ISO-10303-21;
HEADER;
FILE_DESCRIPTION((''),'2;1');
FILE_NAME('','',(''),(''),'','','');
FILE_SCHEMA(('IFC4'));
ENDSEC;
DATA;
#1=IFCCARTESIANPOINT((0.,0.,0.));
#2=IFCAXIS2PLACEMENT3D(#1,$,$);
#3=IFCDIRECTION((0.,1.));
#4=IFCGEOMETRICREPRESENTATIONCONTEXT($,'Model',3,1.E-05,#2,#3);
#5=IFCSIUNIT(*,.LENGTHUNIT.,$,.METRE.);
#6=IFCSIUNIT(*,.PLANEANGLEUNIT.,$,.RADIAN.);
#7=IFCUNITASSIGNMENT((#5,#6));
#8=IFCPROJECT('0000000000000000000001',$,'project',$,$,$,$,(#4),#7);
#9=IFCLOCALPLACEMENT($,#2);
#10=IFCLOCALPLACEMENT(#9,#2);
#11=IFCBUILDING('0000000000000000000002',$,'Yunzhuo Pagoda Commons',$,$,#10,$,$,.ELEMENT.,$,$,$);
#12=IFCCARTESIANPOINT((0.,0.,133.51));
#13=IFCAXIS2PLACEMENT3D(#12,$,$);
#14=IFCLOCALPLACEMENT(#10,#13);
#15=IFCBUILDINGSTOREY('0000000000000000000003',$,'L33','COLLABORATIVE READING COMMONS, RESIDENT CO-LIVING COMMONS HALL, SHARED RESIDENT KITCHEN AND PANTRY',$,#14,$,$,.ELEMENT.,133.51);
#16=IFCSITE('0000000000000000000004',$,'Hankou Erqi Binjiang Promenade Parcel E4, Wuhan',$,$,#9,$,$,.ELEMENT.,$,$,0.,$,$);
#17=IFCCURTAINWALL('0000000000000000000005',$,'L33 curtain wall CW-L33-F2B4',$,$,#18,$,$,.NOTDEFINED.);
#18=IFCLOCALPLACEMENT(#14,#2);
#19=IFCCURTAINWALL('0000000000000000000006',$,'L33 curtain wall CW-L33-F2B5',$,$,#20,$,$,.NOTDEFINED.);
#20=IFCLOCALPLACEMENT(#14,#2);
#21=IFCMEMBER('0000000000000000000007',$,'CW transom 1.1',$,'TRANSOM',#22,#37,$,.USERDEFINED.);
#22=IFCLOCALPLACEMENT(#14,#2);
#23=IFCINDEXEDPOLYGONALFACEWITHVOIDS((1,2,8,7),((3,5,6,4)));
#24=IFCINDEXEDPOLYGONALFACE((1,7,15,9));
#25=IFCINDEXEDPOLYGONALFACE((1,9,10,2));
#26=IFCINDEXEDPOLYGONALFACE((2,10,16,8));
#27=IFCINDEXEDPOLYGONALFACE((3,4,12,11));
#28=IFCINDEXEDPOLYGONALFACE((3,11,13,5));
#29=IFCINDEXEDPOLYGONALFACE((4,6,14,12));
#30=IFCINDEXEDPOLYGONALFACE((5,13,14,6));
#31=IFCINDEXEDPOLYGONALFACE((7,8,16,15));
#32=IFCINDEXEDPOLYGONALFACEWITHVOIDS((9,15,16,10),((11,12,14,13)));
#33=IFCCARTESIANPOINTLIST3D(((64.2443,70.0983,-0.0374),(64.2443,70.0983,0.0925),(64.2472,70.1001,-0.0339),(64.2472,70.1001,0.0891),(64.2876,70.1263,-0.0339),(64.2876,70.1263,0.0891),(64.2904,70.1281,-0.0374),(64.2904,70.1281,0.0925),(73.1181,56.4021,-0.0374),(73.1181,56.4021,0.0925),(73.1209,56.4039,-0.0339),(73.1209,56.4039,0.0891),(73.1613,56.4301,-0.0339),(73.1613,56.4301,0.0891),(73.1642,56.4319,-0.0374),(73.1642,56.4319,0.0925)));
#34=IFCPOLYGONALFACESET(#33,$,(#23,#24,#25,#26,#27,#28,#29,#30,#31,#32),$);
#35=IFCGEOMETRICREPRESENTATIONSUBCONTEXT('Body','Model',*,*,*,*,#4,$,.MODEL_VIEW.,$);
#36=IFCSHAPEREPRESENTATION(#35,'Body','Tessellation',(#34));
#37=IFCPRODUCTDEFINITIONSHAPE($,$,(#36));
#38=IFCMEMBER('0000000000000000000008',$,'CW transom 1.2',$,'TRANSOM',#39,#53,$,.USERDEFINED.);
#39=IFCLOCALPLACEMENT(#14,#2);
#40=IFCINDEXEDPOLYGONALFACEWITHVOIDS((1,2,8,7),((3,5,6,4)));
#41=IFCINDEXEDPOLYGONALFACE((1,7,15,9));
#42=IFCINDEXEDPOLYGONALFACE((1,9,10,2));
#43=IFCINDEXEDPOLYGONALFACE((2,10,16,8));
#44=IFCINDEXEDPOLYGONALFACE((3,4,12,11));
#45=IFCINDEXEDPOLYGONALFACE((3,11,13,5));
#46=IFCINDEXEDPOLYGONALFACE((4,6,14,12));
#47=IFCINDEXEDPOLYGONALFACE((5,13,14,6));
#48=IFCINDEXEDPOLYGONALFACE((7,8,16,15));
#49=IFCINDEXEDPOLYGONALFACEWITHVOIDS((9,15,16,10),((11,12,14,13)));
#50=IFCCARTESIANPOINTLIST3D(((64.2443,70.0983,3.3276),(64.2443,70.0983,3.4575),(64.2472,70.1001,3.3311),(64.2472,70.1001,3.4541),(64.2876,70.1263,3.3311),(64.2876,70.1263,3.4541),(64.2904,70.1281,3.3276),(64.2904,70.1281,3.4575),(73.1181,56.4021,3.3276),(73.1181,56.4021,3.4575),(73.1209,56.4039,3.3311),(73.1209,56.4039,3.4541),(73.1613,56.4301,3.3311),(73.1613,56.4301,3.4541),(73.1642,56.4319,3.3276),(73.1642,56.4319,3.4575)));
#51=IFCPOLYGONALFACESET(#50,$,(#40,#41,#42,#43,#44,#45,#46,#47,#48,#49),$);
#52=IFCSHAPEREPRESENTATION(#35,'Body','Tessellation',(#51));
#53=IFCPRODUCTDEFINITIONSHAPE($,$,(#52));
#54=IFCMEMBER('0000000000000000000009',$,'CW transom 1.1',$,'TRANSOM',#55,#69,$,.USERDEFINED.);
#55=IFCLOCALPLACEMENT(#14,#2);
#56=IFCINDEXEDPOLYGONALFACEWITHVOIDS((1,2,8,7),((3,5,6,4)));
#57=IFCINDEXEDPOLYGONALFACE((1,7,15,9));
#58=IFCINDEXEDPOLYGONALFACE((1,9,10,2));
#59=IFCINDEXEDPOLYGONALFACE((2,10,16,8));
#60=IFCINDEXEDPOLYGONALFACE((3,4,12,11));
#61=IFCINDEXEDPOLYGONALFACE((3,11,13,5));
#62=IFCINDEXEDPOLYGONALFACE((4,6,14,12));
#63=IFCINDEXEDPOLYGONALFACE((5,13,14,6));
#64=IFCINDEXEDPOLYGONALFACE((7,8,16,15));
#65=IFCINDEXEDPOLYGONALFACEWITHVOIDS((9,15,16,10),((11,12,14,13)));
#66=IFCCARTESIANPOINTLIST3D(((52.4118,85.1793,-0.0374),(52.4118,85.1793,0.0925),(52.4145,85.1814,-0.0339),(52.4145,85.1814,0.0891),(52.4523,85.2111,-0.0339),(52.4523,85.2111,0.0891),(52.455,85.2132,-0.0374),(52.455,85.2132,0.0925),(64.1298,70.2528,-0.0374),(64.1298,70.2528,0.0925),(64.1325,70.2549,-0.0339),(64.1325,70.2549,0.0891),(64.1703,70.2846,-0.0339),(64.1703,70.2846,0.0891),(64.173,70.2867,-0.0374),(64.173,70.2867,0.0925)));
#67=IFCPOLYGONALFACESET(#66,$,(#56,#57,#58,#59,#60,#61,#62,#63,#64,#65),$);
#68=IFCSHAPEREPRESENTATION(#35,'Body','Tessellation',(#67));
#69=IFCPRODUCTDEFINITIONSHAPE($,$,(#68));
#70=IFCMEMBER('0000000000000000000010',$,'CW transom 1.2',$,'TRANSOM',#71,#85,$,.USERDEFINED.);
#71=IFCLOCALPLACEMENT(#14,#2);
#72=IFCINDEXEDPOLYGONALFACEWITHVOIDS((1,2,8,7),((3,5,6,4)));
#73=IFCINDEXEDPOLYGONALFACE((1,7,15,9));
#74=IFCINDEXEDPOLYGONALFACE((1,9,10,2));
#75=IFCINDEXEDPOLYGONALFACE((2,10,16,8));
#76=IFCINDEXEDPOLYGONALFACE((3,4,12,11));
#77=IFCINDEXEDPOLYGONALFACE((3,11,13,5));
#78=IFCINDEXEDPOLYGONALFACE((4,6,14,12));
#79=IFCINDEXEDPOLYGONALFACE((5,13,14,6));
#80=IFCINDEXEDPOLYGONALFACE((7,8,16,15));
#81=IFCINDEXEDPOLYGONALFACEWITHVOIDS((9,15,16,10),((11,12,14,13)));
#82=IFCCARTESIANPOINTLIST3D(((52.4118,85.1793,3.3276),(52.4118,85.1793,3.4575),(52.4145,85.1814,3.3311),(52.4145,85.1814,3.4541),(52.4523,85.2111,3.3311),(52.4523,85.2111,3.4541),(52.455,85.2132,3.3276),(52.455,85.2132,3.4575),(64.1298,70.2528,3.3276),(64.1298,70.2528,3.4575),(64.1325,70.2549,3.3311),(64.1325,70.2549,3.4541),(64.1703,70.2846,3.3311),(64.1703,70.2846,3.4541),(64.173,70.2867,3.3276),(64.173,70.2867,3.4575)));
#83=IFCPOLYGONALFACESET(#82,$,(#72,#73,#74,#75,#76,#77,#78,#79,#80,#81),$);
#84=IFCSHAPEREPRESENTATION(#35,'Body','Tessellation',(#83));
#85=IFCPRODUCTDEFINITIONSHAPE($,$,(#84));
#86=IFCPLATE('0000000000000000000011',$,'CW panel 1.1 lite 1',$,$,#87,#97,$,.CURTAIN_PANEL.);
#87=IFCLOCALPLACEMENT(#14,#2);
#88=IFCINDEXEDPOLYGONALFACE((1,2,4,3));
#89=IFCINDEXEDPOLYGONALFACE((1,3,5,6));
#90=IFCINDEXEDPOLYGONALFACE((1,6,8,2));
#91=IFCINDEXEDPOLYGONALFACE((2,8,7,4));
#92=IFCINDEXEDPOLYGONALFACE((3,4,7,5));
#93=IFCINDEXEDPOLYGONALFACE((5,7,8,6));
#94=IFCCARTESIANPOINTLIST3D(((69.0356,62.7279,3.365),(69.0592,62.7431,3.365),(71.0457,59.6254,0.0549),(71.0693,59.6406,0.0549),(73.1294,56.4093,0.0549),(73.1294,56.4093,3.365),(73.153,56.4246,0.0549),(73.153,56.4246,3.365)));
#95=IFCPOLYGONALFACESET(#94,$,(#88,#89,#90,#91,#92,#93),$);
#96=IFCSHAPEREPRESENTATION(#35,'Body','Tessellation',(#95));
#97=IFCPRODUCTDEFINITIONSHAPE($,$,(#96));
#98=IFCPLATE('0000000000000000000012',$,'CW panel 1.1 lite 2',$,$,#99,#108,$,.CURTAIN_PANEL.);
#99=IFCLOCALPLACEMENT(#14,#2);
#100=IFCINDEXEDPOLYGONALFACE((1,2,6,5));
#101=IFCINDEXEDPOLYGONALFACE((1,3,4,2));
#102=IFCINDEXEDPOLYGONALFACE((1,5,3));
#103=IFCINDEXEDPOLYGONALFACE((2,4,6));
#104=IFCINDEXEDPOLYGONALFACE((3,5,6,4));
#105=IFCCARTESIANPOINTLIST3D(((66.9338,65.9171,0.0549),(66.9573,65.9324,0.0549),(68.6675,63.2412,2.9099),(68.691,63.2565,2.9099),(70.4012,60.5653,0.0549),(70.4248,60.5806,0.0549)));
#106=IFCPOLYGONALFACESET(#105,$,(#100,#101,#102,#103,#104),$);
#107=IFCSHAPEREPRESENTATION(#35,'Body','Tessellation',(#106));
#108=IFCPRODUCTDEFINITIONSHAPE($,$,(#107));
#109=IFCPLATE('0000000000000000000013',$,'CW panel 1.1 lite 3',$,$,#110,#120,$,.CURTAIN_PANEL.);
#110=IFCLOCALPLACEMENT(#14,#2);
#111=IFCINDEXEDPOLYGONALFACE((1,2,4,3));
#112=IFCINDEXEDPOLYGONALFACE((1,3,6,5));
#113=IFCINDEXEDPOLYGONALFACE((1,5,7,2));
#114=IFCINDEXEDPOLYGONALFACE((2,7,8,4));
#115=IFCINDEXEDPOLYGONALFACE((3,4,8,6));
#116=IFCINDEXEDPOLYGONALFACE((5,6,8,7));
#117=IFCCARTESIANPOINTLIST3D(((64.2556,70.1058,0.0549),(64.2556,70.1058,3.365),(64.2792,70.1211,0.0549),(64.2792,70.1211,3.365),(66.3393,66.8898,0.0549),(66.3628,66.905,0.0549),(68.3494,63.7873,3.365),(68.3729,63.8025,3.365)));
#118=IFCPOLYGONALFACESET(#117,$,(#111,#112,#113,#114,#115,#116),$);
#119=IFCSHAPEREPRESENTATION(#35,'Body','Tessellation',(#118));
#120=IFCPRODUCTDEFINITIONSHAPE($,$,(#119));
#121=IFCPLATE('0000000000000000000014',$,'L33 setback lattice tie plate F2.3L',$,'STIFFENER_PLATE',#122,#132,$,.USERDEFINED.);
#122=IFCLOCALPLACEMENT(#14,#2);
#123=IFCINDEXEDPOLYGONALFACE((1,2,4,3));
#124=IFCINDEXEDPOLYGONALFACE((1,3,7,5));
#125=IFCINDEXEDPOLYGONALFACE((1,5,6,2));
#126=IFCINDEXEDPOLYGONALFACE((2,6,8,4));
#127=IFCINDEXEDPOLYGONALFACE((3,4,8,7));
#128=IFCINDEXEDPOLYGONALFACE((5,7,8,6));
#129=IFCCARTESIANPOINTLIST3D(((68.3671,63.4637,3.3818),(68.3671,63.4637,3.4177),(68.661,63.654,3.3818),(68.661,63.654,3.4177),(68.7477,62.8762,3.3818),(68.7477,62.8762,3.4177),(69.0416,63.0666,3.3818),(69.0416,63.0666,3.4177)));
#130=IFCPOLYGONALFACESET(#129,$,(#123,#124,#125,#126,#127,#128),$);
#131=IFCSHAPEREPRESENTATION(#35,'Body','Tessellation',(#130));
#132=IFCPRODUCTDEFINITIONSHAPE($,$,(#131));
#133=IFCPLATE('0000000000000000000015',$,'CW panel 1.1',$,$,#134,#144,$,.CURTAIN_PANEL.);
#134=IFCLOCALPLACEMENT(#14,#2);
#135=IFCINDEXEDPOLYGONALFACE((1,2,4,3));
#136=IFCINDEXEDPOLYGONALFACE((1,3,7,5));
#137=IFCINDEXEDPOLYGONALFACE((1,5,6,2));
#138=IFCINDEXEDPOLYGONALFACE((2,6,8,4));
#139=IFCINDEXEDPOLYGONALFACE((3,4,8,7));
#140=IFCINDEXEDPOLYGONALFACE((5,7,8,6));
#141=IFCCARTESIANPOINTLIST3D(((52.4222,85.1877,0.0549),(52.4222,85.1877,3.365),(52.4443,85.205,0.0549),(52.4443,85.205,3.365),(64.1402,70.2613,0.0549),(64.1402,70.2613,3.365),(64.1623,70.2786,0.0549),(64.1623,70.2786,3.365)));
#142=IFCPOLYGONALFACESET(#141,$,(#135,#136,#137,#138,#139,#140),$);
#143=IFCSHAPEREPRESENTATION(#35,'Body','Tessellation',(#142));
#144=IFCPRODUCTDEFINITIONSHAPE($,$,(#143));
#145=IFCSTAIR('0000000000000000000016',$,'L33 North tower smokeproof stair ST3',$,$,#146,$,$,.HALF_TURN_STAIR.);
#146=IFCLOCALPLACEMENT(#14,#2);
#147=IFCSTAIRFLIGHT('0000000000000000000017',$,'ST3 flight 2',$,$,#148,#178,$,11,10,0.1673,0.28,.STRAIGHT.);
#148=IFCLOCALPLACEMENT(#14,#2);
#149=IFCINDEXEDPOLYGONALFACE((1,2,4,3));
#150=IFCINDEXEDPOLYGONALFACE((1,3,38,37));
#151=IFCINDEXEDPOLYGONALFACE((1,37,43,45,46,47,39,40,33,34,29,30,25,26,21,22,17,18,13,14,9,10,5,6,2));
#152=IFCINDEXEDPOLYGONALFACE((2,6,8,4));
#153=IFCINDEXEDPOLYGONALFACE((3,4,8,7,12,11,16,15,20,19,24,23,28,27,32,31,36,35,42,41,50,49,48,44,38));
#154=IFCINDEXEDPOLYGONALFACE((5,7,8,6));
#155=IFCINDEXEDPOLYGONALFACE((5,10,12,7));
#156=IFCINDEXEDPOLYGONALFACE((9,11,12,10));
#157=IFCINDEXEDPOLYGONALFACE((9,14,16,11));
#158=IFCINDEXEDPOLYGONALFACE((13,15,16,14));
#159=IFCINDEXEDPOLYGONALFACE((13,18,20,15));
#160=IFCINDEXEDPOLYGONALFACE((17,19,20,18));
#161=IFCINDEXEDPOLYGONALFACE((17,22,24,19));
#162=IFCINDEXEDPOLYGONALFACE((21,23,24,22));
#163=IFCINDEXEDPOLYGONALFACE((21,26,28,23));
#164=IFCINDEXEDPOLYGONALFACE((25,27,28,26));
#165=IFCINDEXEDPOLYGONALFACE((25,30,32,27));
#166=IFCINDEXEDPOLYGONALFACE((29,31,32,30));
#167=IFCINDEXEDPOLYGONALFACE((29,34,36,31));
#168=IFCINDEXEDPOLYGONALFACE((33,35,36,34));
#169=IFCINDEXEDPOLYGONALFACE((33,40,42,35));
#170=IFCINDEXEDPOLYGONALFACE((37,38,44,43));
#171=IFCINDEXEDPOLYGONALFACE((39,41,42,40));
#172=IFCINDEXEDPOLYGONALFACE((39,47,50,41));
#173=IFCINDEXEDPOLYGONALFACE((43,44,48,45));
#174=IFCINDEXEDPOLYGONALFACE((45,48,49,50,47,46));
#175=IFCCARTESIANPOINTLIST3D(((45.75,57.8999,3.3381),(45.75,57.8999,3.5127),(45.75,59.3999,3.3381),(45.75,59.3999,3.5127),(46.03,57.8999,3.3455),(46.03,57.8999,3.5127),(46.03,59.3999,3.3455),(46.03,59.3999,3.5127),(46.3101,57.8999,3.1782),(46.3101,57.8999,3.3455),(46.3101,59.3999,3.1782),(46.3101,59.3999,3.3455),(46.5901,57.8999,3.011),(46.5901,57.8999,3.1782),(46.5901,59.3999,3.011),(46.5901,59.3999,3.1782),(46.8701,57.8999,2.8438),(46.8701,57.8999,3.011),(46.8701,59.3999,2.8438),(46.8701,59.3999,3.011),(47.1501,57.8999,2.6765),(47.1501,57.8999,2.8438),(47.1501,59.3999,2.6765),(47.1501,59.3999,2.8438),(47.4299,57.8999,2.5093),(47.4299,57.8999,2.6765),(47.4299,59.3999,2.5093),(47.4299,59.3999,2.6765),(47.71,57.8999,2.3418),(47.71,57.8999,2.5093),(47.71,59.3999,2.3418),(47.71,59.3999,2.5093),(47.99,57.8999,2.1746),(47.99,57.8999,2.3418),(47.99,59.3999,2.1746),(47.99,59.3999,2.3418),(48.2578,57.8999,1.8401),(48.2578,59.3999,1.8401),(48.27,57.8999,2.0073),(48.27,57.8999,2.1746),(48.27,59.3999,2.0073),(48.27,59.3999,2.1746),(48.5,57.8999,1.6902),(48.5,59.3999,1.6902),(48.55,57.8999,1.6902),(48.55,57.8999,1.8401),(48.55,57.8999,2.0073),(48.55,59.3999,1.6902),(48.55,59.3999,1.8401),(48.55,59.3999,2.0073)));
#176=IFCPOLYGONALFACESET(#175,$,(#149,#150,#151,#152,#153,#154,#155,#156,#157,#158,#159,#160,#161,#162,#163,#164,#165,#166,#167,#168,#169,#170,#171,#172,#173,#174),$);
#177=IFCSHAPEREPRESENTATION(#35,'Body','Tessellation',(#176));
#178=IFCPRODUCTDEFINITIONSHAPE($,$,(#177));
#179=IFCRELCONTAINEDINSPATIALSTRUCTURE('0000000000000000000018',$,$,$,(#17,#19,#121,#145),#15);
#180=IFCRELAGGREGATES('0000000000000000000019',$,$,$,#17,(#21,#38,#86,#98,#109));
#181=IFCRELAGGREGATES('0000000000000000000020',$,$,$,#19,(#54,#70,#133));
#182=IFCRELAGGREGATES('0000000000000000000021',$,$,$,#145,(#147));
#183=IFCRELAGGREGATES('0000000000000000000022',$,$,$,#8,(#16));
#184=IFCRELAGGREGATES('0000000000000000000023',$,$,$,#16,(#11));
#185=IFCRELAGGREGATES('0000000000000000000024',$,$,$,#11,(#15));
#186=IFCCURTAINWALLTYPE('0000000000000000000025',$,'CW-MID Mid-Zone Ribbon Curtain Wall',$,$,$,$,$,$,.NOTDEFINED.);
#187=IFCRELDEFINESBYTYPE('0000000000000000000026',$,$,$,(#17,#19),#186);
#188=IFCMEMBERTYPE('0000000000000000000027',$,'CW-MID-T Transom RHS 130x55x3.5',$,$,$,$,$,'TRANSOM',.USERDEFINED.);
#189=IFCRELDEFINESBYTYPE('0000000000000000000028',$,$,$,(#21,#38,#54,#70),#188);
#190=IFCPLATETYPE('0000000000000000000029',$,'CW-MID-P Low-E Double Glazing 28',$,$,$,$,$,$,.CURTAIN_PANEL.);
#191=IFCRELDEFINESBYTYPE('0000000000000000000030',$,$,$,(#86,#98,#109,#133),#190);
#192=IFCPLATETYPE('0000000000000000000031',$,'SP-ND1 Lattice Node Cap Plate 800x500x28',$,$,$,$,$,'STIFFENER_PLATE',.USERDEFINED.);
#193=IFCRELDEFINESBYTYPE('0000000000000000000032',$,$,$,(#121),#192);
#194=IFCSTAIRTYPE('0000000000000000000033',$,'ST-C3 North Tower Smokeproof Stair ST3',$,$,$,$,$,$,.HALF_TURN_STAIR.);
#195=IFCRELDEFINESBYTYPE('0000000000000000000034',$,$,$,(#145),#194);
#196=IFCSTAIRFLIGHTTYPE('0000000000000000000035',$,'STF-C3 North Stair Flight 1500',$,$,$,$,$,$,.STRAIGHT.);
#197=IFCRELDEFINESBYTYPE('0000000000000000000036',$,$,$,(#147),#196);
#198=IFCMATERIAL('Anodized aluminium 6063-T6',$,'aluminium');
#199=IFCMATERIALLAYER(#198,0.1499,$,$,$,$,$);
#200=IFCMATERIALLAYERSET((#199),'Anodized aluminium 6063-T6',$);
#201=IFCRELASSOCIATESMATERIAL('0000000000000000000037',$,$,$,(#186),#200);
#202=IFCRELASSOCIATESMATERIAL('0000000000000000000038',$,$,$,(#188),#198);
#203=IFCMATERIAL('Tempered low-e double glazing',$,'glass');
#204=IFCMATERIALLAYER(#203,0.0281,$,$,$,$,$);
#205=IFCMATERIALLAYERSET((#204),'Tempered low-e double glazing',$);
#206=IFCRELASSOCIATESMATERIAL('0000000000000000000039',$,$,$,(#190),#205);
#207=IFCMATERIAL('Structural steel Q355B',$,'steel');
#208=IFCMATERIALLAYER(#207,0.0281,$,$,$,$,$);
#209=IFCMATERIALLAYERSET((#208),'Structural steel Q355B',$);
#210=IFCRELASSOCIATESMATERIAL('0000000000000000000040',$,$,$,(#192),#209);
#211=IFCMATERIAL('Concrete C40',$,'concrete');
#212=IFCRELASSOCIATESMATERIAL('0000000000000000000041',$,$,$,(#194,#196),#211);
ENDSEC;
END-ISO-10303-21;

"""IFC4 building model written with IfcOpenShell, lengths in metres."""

from ifc_helpers import new_model, si_unit, direction, frame, origin, origin_2d, place, context, subcontext, project, spatial, polyline, rectangle, hollow_rectangle, outline, extrude, source, transform, mapped, material, layer, layer_set, material_profile, profile_set, type_object, element, aggregate, save


model = new_model("IFC4")

# Units and contexts
model_context = context("Model", 3, precision=1e-05, world=origin(), true_north=direction((0.0, 1.0)))
body_context = subcontext(model_context, "Body", "Model", "MODEL_VIEW")
ifc_project = project(units=[si_unit("LENGTHUNIT", "METRE"), si_unit("PLANEANGLEUNIT", "RADIAN")], contexts=[model_context])

# Site, building, storey
site_placement = place(None, origin())
site = spatial("IfcSite", under=ifc_project, at=site_placement, Name="Hankou Erqi Binjiang Promenade Parcel E4, Wuhan", CompositionType="ELEMENT", RefElevation=0.0)
building_placement = place(site_placement, origin())
building = spatial("IfcBuilding", under=site, at=building_placement, Name="Yunzhuo Pagoda Commons", CompositionType="ELEMENT")
storey_placement = place(building_placement, frame((0.0, 0.0, 133.51)))
storey = spatial("IfcBuildingStorey", under=building, at=storey_placement, Name="L33", Description="COLLABORATIVE READING COMMONS, RESIDENT CO-LIVING COMMONS HALL, SHARED RESIDENT KITCHEN AND PANTRY", CompositionType="ELEMENT", Elevation=133.51)

# Shared definitions
ifc_material_1 = material(Name="Structural steel Q355B", Category="steel")

# Curtain walls
ifc_material_2 = material(Name="Anodized aluminium 6063-T6", Category="aluminium")
ifc_layer_1 = layer(ifc_material_2, 0.1499)
ifc_layer_set_1 = layer_set([ifc_layer_1], Name="Anodized aluminium 6063-T6")
curtain_wall_type = type_object("IfcCurtainWallType", Name="CW-MID Mid-Zone Ribbon Curtain Wall", PredefinedType="NOTDEFINED", material=ifc_layer_set_1)
curtain_wall_1_placement = place(storey_placement, origin())
curtain_wall_1 = element("IfcCurtainWall", 1, at=curtain_wall_1_placement, inside=storey, type_object=curtain_wall_type, Name="L33 curtain wall CW-L33-F2B4", PredefinedType="NOTDEFINED")
curtain_wall_2_placement = place(storey_placement, origin())
curtain_wall_2 = element("IfcCurtainWall", 2, at=curtain_wall_2_placement, inside=storey, type_object=curtain_wall_type, Name="L33 curtain wall CW-L33-F2B5", PredefinedType="NOTDEFINED")

# Members
ifc_material_profile_1 = material_profile(ifc_material_2, hollow_rectangle(XDim=0.0549, YDim=0.1299, WallThickness=0.0034, at=origin_2d()), Name="Anodized aluminium 6063-T6")
ifc_profile_set_1 = profile_set([ifc_material_profile_1], Name="Anodized aluminium 6063-T6")
member_type_1 = type_object("IfcMemberType", Name="CW-MID-T Transom RHS 130x55x3.5", ElementType="TRANSOM", PredefinedType="USERDEFINED", material=ifc_profile_set_1)
shared_shape_1 = source(origin(), body_context, "Body", "SweptSolid", [
    extrude(hollow_rectangle(XDim=0.0549, YDim=0.1299, WallThickness=0.0034, at=origin_2d()), origin(), (0.0, 0.0, 1.0), 16.3196),
])
member_1_placement = place(storey_placement, frame((73.1411, 56.417, 0.0276), z_axis=(-0.543747, 0.839249, 0.0), x_axis=(-0.839249, -0.543747, 0.0)))
member_1 = element("IfcMember", 3, at=member_1_placement, type_object=member_type_1, Name="CW transom 1.1", ObjectType="TRANSOM", PredefinedType="USERDEFINED", context=body_context, shape_type="MappedRepresentation", body=[
    mapped(shared_shape_1, transform((0.0, 0.0, 0.0), scale=1.0)),
])
member_2_placement = place(storey_placement, frame((73.1411, 56.417, 3.3926), z_axis=(-0.543747, 0.839249, 0.0), x_axis=(-0.839249, -0.543747, 0.0)))
member_2 = element("IfcMember", 4, at=member_2_placement, type_object=member_type_1, Name="CW transom 1.2", ObjectType="TRANSOM", PredefinedType="USERDEFINED", context=body_context, shape_type="MappedRepresentation", body=[
    mapped(shared_shape_1, transform((0.0, 0.0, 0.0), scale=1.0)),
])
shared_shape_2 = source(origin(), body_context, "Body", "SweptSolid", [
    extrude(hollow_rectangle(XDim=0.0549, YDim=0.1299, WallThickness=0.0034, at=origin_2d()), origin(), (0.0, 0.0, 1.0), 18.9766),
])
member_3_placement = place(storey_placement, frame((64.1514, 70.2698, 0.0276), z_axis=(-0.617497, 0.786573, 0.0), x_axis=(-0.786573, -0.617497, 0.0)))
member_3 = element("IfcMember", 5, at=member_3_placement, type_object=member_type_1, Name="CW transom 1.1", ObjectType="TRANSOM", PredefinedType="USERDEFINED", context=body_context, shape_type="MappedRepresentation", body=[
    mapped(shared_shape_2, transform((0.0, 0.0, 0.0), scale=1.0)),
])
member_4_placement = place(storey_placement, frame((64.1514, 70.2698, 3.3926), z_axis=(-0.617497, 0.786573, 0.0), x_axis=(-0.786573, -0.617497, 0.0)))
member_4 = element("IfcMember", 6, at=member_4_placement, type_object=member_type_1, Name="CW transom 1.2", ObjectType="TRANSOM", PredefinedType="USERDEFINED", context=body_context, shape_type="MappedRepresentation", body=[
    mapped(shared_shape_2, transform((0.0, 0.0, 0.0), scale=1.0)),
])

# Plates
ifc_material_3 = material(Name="Tempered low-e double glazing", Category="glass")
ifc_layer_2 = layer(ifc_material_3, 0.0281)
ifc_layer_set_2 = layer_set([ifc_layer_2], Name="Tempered low-e double glazing")
plate_type_1 = type_object("IfcPlateType", Name="CW-MID-P Low-E Double Glazing 28", PredefinedType="CURTAIN_PANEL", material=ifc_layer_set_2)
plate_1_placement = place(storey_placement, frame((71.0825, 59.5686, 1.71), z_axis=(0.839249, 0.543747, 0.0), x_axis=(-0.543747, 0.839249, 0.0)))
plate_1 = element("IfcPlate", 7, at=plate_1_placement, type_object=plate_type_1, Name="CW panel 1.1 lite 1", PredefinedType="CURTAIN_PANEL", context=body_context, shape_type="SweptSolid", body=[
    extrude(outline(polyline([(-3.7644, -1.655), (0.0676, -1.655), (3.7644, 1.655), (-3.7644, 1.655), (-3.7644, -1.655)])), origin(), (0.0, 0.0, 1.0), 0.0281),
])
plate_2_placement = place(storey_placement, frame((68.6675, 63.2412, 1.4824), z_axis=(0.839249, 0.543747, 0.0), x_axis=(-0.543747, 0.839249, 0.0)))
plate_2 = element("IfcPlate", 8, at=plate_2_placement, type_object=plate_type_1, Name="CW panel 1.1 lite 2", PredefinedType="CURTAIN_PANEL", context=body_context, shape_type="SweptSolid", body=[
    extrude(outline(polyline([(-3.1885, -1.4275), (3.1885, -1.4275), (0.0, 1.4275), (-3.1885, -1.4275)])), origin(), (0.0, 0.0, 1.0), 0.0281),
])
plate_3_placement = place(storey_placement, frame((66.3025, 66.9465, 1.71), z_axis=(0.839249, 0.543747, 0.0), x_axis=(-0.543747, 0.839249, 0.0)))
plate_3 = element("IfcPlate", 9, at=plate_3_placement, type_object=plate_type_1, Name="CW panel 1.1 lite 3", PredefinedType="CURTAIN_PANEL", context=body_context, shape_type="SweptSolid", body=[
    extrude(outline(polyline([(-3.7644, 1.655), (-0.0676, -1.655), (3.7644, -1.655), (3.7644, 1.655), (-3.7644, 1.655)])), origin(), (0.0, 0.0, 1.0), 0.0281),
])
aggregate(curtain_wall_1, [member_1, member_2, plate_1, plate_2, plate_3])
ifc_layer_3 = layer(ifc_material_1, 0.0281)
ifc_layer_set_3 = layer_set([ifc_layer_3], Name="Structural steel Q355B")
plate_type_2 = type_object("IfcPlateType", Name="SP-ND1 Lattice Node Cap Plate 800x500x28", ElementType="STIFFENER_PLATE", PredefinedType="USERDEFINED", material=ifc_layer_set_3)
shared_shape_3 = source(origin(), body_context, "Body", "SweptSolid", [
    extrude(rectangle(XDim=0.7, YDim=0.3501, at=origin_2d()), origin(), (0.0, 0.0, 1.0), 0.0359),
])
plate_4_placement = place(storey_placement, frame((68.7043, 63.2651, 3.3818), z_axis=(0.0, 0.0, 1.0), x_axis=(-0.543746, 0.83925, 0.0)))
element("IfcPlate", 10, at=plate_4_placement, inside=storey, type_object=plate_type_2, Name="L33 setback lattice tie plate F2.3L", ObjectType="STIFFENER_PLATE", PredefinedType="USERDEFINED", context=body_context, shape_type="MappedRepresentation", body=[
    mapped(shared_shape_3, transform((0.0, 0.0, 0.0), scale=1.0)),
])
shared_shape_4 = source(origin(), body_context, "Body", "SweptSolid", [
    extrude(rectangle(XDim=18.9766, YDim=0.0281, at=origin_2d()), origin(), (0.0, 0.0, 1.0), 3.3101),
])
plate_5_placement = place(storey_placement, frame((58.2922, 77.7332, 0.0549), z_axis=(0.0, 0.0, 1.0), x_axis=(-0.617499, 0.786572, 0.0)))
plate_5 = element("IfcPlate", 11, at=plate_5_placement, type_object=plate_type_1, Name="CW panel 1.1", PredefinedType="CURTAIN_PANEL", context=body_context, shape_type="MappedRepresentation", body=[
    mapped(shared_shape_4, transform((0.0, 0.0, 0.0), scale=1.0)),
])
aggregate(curtain_wall_2, [member_3, member_4, plate_5])

# Stair, stair flight
ifc_material_4 = material(Name="Concrete C40", Category="concrete")
stair_type = type_object("IfcStairType", Name="ST-C3 North Tower Smokeproof Stair ST3", PredefinedType="HALF_TURN_STAIR", material=ifc_material_4)
stair_placement = place(storey_placement, origin())
stair = element("IfcStair", 12, at=stair_placement, inside=storey, type_object=stair_type, Name="L33 North tower smokeproof stair ST3", PredefinedType="HALF_TURN_STAIR")
stair_flight_type = type_object("IfcStairFlightType", Name="STF-C3 North Stair Flight 1500", PredefinedType="STRAIGHT", material=ifc_material_4)
shared_shape_5 = source(origin(), body_context, "Body", "SweptSolid", [
    extrude(outline(polyline([(0.0, -0.1499), (0.0, 0.0), (0.0, 0.1672), (0.28, 0.1672), (0.28, 0.3345), (0.5601, 0.3345), (0.5601, 0.5017), (0.8401, 0.5017), (0.8401, 0.6692), (1.1201, 0.6692), (1.1201, 0.8364), (1.3999, 0.8364), (1.3999, 1.0037), (1.6799, 1.0037), (1.6799, 1.1709), (1.96, 1.1709), (1.96, 1.3381), (2.24, 1.3381), (2.24, 1.5054), (2.52, 1.5054), (2.52, 1.6726), (2.8, 1.6726), (2.8, 1.8401), (2.8, 1.498), (0.2922, 0.0), (0.05, -0.1499), (0.0, -0.1499)])), frame((0.0, 0.75, 0.0), z_axis=(0.0, -1.0, 0.0), x_axis=(1.0, 0.0, 0.0)), (0.0, 0.0, 1.0), 1.5),
])
stair_flight_placement = place(storey_placement, frame((48.55, 58.6499, 1.8401), z_axis=(0.0, 0.0, 1.0), x_axis=(-1.0, 0.0, 0.0)))
stair_flight = element("IfcStairFlight", 13, at=stair_flight_placement, type_object=stair_flight_type, Name="ST3 flight 2", NumberOfRisers=11, NumberOfTreads=10, PredefinedType="STRAIGHT", RiserHeight=0.1673, TreadLength=0.28, context=body_context, shape_type="MappedRepresentation", body=[
    mapped(shared_shape_5, transform((0.0, 0.0, 0.0), scale=1.0)),
])
aggregate(stair, [stair_flight])

save(model, "model.ifc")
